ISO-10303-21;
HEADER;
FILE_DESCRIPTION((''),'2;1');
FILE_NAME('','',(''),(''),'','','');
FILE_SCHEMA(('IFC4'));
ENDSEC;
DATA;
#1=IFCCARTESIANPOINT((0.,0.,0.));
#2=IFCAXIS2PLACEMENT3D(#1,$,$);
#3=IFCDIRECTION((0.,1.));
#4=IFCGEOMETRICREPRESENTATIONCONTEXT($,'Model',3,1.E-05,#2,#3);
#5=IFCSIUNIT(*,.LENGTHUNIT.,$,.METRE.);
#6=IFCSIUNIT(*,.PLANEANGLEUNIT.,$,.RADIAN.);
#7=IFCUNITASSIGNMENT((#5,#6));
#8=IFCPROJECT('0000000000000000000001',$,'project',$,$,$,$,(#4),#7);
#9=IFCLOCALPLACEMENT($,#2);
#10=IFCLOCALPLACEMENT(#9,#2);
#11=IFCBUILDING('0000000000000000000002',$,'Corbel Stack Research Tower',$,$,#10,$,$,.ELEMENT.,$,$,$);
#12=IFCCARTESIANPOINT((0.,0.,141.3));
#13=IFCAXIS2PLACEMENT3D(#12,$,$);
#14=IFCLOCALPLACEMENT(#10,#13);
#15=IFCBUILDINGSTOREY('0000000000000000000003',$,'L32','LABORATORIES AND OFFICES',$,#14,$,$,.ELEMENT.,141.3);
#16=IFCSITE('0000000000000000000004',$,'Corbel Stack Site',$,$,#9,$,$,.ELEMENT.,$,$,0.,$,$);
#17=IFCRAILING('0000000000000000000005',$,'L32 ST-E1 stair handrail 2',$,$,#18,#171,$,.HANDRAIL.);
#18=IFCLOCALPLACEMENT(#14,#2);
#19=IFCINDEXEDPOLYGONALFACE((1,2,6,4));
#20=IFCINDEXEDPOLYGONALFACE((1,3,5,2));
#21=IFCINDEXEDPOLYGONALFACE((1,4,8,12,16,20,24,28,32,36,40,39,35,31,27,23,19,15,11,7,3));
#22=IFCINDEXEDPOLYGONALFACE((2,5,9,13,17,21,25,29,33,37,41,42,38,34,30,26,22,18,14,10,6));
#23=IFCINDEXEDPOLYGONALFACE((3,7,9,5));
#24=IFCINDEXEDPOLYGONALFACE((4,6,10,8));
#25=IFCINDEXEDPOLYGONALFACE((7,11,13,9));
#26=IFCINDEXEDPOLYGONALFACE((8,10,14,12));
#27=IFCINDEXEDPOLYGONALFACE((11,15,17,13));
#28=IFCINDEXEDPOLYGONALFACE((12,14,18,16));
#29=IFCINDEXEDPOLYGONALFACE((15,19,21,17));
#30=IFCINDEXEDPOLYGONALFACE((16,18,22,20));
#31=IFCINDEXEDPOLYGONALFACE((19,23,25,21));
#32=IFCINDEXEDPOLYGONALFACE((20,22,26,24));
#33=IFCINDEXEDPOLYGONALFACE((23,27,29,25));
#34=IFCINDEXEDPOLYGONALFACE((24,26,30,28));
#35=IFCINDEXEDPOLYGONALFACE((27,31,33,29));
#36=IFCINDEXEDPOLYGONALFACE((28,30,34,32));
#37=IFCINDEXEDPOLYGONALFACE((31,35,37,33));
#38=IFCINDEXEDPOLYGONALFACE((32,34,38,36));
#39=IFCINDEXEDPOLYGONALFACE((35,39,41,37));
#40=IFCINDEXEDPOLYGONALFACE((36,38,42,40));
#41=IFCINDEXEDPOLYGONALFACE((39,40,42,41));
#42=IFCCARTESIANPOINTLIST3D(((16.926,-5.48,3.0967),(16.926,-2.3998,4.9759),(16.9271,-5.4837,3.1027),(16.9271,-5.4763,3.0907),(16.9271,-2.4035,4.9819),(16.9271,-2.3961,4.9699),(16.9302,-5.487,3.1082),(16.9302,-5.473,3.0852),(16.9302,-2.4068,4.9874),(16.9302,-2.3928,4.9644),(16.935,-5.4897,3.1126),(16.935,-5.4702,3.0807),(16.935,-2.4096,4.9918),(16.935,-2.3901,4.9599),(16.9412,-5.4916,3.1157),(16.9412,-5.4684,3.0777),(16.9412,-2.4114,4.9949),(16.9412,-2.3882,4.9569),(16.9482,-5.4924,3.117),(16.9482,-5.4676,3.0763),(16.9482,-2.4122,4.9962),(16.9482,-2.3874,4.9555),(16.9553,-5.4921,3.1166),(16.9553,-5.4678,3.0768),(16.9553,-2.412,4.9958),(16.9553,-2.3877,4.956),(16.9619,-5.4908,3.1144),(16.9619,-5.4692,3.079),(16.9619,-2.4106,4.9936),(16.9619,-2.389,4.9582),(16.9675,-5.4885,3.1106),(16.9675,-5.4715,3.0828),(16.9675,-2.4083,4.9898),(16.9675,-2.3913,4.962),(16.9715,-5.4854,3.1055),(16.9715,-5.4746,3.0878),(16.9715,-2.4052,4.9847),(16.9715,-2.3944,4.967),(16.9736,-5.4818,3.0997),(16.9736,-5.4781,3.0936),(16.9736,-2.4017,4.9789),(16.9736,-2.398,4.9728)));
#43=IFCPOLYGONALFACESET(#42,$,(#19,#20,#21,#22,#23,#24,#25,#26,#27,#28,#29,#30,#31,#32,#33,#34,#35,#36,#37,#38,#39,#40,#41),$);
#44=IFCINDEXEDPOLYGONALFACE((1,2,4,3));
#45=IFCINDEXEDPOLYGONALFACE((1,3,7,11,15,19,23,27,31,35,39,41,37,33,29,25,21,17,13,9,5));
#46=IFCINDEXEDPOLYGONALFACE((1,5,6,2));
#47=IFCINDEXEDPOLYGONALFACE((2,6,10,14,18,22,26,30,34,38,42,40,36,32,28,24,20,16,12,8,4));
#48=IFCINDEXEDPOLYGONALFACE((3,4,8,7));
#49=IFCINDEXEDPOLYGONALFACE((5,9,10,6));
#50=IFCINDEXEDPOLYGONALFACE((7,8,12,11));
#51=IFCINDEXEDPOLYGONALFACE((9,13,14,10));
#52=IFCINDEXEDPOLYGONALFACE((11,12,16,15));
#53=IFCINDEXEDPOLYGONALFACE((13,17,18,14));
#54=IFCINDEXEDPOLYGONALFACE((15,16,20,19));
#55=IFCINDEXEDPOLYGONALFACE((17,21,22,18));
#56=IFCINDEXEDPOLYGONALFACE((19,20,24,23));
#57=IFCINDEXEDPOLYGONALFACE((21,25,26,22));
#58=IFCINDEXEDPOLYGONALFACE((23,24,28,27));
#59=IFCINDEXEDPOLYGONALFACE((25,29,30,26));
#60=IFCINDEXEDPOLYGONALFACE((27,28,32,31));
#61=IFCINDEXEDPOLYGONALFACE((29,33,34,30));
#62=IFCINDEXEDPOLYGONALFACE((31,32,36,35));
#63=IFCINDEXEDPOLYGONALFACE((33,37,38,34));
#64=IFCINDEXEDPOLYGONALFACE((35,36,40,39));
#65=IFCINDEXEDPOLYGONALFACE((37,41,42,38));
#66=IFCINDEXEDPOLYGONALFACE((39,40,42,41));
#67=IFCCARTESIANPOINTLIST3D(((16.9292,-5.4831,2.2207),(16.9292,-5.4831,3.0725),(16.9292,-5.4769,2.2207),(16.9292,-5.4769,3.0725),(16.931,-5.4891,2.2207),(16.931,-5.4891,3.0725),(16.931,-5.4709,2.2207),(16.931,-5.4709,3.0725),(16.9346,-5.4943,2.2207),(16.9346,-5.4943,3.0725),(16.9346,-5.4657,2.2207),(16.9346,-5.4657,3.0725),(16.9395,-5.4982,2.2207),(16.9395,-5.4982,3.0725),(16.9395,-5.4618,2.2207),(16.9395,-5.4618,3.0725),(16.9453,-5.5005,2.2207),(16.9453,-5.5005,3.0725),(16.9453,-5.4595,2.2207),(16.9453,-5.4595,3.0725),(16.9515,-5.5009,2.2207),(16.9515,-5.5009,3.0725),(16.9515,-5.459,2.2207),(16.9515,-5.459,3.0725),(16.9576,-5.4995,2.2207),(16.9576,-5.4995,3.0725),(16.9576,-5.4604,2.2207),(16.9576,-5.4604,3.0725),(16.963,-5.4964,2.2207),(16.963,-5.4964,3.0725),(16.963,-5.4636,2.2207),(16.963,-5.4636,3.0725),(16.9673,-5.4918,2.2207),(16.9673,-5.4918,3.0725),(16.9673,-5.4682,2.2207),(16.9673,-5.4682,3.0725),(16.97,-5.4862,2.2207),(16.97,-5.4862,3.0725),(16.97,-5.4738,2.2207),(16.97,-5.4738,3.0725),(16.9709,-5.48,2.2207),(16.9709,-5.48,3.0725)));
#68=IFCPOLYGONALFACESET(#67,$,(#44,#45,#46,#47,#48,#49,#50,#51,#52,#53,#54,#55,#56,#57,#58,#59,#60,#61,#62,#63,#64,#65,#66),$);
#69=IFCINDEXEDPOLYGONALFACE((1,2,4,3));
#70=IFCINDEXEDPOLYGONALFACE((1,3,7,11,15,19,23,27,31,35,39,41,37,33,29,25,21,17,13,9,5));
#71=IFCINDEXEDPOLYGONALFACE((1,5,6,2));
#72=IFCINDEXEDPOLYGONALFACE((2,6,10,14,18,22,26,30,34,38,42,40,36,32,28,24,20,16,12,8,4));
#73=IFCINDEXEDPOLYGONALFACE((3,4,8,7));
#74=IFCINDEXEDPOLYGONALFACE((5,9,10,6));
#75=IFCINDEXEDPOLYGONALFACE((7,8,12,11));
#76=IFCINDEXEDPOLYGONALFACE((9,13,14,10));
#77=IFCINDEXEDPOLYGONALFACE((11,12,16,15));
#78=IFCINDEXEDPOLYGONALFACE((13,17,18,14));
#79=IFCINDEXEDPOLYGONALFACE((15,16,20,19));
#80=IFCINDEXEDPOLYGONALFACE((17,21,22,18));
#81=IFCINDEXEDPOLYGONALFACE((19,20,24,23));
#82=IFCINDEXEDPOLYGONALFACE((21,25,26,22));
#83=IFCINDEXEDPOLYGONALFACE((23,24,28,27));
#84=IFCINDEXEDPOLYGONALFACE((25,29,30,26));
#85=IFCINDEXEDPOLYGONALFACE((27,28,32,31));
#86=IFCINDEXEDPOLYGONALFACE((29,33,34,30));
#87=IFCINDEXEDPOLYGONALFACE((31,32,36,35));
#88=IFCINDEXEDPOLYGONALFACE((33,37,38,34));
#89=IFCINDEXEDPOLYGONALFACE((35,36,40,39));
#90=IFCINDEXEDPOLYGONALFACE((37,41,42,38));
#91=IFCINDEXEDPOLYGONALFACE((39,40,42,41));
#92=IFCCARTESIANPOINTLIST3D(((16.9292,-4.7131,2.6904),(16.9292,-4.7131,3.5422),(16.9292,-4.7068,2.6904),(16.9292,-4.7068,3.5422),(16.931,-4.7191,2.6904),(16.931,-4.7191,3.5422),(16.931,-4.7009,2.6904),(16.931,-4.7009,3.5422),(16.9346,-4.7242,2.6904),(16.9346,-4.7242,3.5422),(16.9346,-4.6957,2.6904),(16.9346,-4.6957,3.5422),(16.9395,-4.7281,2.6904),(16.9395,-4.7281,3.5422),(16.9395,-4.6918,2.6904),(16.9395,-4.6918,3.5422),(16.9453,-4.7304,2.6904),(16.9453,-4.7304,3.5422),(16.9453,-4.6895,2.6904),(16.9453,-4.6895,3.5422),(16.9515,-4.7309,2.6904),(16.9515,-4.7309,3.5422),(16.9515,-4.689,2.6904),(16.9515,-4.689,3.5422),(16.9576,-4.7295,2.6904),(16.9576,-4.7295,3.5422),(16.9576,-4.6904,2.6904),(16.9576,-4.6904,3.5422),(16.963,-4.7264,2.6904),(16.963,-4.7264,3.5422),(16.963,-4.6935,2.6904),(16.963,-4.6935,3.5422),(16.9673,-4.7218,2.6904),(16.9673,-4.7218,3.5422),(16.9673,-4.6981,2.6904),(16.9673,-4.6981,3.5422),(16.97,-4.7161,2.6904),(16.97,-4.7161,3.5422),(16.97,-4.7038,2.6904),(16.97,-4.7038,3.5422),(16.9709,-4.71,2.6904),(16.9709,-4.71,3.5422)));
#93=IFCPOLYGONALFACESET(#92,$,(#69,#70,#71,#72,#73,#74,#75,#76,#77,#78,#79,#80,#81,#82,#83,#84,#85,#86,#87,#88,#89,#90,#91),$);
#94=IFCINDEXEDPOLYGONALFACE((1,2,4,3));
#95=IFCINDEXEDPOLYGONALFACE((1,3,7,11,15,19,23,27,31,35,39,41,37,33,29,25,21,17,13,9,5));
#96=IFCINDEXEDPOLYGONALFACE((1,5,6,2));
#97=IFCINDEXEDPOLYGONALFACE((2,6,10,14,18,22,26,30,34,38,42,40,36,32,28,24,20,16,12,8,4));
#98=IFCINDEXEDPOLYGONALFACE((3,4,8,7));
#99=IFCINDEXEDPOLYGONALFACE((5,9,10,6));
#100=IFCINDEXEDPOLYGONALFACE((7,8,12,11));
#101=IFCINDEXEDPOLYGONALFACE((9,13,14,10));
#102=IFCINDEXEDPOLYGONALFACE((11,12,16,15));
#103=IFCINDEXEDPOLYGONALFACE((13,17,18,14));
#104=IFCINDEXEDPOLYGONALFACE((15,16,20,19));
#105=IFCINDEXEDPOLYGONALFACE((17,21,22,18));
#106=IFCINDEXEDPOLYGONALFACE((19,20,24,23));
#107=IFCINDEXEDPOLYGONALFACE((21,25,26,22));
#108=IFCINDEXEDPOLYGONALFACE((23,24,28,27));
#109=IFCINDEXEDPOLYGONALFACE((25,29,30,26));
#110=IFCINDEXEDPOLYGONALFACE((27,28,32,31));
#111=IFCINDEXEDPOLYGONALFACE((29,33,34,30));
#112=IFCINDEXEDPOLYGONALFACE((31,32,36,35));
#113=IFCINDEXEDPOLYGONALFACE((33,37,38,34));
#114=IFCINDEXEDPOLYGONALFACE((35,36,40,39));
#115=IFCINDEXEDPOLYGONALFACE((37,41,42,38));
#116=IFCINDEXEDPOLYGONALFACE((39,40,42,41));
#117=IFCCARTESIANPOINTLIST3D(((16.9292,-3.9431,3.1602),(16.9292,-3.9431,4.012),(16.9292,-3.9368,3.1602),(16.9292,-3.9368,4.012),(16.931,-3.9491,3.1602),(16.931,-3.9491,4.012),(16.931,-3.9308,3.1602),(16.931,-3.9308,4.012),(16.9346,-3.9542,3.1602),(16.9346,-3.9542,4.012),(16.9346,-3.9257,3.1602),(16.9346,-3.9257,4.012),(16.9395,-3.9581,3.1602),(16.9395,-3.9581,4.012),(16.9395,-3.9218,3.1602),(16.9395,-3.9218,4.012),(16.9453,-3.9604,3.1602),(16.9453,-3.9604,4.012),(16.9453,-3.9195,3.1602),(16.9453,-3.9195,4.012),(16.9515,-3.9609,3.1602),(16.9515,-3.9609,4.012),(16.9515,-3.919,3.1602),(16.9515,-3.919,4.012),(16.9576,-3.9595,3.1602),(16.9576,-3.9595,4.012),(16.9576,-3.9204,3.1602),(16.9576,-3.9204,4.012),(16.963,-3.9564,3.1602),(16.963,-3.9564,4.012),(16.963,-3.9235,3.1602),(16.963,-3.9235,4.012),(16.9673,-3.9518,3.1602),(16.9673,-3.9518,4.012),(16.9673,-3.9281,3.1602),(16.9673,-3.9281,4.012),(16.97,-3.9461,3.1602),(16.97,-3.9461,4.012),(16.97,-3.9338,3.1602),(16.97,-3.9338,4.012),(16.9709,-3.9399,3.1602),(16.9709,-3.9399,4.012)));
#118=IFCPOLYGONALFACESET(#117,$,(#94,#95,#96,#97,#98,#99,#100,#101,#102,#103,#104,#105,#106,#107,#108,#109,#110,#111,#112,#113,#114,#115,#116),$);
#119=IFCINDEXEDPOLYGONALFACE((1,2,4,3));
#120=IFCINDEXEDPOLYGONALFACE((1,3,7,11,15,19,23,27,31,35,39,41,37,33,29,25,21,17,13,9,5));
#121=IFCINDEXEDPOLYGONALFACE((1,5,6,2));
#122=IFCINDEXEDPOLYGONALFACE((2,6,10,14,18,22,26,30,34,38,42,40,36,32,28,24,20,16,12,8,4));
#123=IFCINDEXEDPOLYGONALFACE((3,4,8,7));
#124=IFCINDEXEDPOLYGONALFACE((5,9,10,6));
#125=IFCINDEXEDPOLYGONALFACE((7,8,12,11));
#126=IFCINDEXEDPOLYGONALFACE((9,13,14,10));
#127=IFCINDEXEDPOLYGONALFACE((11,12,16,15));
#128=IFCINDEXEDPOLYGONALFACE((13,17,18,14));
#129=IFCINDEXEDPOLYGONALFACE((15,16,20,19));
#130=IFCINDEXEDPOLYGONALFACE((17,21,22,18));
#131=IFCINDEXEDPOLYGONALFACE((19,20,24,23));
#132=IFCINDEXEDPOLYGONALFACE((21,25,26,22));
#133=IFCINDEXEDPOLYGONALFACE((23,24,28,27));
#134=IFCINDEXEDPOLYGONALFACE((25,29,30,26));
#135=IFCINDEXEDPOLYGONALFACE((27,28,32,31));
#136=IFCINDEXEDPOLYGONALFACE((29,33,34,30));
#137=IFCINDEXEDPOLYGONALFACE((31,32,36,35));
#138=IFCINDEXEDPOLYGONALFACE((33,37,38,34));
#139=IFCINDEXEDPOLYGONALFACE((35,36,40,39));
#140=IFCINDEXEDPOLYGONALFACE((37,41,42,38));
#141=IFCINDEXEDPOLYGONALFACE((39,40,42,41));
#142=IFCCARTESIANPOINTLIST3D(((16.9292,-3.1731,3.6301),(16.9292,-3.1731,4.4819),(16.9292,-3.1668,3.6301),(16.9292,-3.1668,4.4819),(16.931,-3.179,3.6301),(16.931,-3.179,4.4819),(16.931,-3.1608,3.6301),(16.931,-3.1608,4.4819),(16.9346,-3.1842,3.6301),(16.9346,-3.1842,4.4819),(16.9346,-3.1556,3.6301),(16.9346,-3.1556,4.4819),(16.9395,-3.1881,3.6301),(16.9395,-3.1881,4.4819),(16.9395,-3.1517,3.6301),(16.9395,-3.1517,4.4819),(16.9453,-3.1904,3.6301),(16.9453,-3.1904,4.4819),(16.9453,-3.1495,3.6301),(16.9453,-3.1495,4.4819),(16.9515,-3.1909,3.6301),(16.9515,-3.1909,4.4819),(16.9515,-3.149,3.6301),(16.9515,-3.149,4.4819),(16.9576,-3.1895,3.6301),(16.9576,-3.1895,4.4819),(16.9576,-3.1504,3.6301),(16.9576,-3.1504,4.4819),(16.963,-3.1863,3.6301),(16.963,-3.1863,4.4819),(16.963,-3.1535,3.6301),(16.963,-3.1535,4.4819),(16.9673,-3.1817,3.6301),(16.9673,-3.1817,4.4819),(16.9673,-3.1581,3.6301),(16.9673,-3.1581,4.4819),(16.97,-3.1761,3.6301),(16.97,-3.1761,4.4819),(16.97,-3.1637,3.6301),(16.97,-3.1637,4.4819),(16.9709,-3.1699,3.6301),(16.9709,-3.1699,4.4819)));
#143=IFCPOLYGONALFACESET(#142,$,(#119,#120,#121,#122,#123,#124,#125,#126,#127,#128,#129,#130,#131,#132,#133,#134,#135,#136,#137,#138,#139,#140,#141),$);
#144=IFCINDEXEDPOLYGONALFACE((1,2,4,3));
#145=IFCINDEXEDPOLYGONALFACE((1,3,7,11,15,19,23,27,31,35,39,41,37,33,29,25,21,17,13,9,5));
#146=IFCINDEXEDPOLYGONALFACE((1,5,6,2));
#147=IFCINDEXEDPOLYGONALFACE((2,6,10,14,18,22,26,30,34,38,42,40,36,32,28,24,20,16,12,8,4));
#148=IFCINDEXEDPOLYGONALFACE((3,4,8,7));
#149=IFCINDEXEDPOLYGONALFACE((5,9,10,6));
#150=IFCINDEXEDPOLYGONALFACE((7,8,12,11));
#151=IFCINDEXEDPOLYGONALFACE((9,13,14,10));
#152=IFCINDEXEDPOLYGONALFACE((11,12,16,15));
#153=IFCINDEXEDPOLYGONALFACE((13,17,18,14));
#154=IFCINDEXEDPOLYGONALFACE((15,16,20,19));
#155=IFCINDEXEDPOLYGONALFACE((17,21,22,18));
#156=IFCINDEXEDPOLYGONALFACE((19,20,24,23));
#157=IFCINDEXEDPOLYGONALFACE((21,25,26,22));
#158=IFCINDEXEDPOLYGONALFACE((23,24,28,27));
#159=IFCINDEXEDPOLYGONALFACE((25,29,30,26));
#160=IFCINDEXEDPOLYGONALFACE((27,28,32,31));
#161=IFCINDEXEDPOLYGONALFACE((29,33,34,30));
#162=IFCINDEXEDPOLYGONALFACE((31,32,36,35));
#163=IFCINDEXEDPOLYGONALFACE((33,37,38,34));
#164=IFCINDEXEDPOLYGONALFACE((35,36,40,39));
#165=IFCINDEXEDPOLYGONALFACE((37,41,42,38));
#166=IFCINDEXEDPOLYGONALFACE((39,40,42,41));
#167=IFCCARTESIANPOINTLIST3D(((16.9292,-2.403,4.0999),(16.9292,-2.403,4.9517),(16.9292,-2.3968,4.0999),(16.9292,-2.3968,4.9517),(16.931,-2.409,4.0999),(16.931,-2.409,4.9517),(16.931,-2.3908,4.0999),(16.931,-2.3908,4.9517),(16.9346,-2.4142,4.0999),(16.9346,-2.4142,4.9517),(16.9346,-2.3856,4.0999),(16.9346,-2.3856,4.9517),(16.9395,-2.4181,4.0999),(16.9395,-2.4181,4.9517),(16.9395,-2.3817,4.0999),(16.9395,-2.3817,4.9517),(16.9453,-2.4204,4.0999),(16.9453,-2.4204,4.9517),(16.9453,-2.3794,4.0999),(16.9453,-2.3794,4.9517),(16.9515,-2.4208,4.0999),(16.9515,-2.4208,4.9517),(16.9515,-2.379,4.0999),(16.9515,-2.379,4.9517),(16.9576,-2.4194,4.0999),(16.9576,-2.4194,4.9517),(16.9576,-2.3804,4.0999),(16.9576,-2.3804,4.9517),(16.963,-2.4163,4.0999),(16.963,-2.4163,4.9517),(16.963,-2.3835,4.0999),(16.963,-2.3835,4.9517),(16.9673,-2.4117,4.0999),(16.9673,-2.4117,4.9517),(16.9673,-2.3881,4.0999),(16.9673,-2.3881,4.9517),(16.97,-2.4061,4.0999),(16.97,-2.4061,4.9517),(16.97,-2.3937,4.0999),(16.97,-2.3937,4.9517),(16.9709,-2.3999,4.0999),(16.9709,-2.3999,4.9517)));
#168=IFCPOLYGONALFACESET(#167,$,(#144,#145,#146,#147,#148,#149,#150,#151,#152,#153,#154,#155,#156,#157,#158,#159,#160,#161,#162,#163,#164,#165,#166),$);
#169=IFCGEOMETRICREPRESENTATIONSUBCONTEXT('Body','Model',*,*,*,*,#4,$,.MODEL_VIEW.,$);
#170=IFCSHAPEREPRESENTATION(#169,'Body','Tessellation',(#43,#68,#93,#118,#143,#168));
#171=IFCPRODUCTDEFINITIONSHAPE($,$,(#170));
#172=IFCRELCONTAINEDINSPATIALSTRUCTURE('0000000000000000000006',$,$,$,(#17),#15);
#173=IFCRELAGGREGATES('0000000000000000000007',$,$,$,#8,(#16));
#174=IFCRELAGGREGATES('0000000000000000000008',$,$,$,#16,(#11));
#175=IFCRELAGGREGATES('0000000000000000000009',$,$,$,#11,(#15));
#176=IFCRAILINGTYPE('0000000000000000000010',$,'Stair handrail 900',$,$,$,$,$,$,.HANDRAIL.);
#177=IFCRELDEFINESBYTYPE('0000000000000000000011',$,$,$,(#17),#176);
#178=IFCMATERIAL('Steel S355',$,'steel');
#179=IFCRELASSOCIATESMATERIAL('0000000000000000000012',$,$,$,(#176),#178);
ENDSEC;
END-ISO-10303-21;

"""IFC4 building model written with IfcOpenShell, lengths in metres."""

from ifc_helpers import new_model, si_unit, direction, frame, origin, origin_2d, place, context, subcontext, project, spatial, circle, extrude, material, type_object, element, save


model = new_model("IFC4")

# Units and contexts
model_context = context("Model", 3, precision=1e-05, world=origin(), true_north=direction((0.0, 1.0)))
body_context = subcontext(model_context, "Body", "Model", "MODEL_VIEW")
ifc_project = project(units=[si_unit("LENGTHUNIT", "METRE"), si_unit("PLANEANGLEUNIT", "RADIAN")], contexts=[model_context])

# Site, building, storey
site_placement = place(None, origin())
site = spatial("IfcSite", under=ifc_project, at=site_placement, Name="Corbel Stack Site", CompositionType="ELEMENT", RefElevation=0.0)
building_placement = place(site_placement, origin())
building = spatial("IfcBuilding", under=site, at=building_placement, Name="Corbel Stack Research Tower", CompositionType="ELEMENT")
storey_placement = place(building_placement, frame((0.0, 0.0, 141.3)))
storey = spatial("IfcBuildingStorey", under=building, at=storey_placement, Name="L32", Description="LABORATORIES AND OFFICES", CompositionType="ELEMENT", Elevation=141.3)

# Railing
ifc_material_1 = material(Name="Steel S355", Category="steel")
railing_type_1 = type_object("IfcRailingType", Name="Stair handrail 900", PredefinedType="HANDRAIL", material=ifc_material_1)
railing_1_placement = place(storey_placement, frame((16.95, -5.48, 2.2207)))
element("IfcRailing", 1, at=railing_1_placement, inside=storey, type_object=railing_type_1, Name="L32 ST-E1 stair handrail 2", PredefinedType="HANDRAIL", context=body_context, shape_type="SweptSolid", body=[
    extrude(circle(Radius=0.0239, at=origin_2d()), frame((0.0, 0.0, 0.876), z_axis=(0.0, 0.853666, 0.52082), x_axis=(-1.0, 0.0, 0.0)), (0.0, 0.0, 1.0), 3.6082),
    extrude(circle(Radius=0.021, at=origin_2d()), origin(), (0.0, 0.0, 1.0), 0.8518),
    extrude(circle(Radius=0.021, at=origin_2d()), frame((0.0, 0.77, 0.4697)), (0.0, 0.0, 1.0), 0.8518),
    extrude(circle(Radius=0.021, at=origin_2d()), frame((0.0, 1.54, 0.9395)), (0.0, 0.0, 1.0), 0.8518),
    extrude(circle(Radius=0.021, at=origin_2d()), frame((0.0, 2.3101, 1.4094)), (0.0, 0.0, 1.0), 0.8518),
    extrude(circle(Radius=0.021, at=origin_2d()), frame((0.0, 3.0801, 1.8792)), (0.0, 0.0, 1.0), 0.8518),
])

save(model, "model.ifc")
